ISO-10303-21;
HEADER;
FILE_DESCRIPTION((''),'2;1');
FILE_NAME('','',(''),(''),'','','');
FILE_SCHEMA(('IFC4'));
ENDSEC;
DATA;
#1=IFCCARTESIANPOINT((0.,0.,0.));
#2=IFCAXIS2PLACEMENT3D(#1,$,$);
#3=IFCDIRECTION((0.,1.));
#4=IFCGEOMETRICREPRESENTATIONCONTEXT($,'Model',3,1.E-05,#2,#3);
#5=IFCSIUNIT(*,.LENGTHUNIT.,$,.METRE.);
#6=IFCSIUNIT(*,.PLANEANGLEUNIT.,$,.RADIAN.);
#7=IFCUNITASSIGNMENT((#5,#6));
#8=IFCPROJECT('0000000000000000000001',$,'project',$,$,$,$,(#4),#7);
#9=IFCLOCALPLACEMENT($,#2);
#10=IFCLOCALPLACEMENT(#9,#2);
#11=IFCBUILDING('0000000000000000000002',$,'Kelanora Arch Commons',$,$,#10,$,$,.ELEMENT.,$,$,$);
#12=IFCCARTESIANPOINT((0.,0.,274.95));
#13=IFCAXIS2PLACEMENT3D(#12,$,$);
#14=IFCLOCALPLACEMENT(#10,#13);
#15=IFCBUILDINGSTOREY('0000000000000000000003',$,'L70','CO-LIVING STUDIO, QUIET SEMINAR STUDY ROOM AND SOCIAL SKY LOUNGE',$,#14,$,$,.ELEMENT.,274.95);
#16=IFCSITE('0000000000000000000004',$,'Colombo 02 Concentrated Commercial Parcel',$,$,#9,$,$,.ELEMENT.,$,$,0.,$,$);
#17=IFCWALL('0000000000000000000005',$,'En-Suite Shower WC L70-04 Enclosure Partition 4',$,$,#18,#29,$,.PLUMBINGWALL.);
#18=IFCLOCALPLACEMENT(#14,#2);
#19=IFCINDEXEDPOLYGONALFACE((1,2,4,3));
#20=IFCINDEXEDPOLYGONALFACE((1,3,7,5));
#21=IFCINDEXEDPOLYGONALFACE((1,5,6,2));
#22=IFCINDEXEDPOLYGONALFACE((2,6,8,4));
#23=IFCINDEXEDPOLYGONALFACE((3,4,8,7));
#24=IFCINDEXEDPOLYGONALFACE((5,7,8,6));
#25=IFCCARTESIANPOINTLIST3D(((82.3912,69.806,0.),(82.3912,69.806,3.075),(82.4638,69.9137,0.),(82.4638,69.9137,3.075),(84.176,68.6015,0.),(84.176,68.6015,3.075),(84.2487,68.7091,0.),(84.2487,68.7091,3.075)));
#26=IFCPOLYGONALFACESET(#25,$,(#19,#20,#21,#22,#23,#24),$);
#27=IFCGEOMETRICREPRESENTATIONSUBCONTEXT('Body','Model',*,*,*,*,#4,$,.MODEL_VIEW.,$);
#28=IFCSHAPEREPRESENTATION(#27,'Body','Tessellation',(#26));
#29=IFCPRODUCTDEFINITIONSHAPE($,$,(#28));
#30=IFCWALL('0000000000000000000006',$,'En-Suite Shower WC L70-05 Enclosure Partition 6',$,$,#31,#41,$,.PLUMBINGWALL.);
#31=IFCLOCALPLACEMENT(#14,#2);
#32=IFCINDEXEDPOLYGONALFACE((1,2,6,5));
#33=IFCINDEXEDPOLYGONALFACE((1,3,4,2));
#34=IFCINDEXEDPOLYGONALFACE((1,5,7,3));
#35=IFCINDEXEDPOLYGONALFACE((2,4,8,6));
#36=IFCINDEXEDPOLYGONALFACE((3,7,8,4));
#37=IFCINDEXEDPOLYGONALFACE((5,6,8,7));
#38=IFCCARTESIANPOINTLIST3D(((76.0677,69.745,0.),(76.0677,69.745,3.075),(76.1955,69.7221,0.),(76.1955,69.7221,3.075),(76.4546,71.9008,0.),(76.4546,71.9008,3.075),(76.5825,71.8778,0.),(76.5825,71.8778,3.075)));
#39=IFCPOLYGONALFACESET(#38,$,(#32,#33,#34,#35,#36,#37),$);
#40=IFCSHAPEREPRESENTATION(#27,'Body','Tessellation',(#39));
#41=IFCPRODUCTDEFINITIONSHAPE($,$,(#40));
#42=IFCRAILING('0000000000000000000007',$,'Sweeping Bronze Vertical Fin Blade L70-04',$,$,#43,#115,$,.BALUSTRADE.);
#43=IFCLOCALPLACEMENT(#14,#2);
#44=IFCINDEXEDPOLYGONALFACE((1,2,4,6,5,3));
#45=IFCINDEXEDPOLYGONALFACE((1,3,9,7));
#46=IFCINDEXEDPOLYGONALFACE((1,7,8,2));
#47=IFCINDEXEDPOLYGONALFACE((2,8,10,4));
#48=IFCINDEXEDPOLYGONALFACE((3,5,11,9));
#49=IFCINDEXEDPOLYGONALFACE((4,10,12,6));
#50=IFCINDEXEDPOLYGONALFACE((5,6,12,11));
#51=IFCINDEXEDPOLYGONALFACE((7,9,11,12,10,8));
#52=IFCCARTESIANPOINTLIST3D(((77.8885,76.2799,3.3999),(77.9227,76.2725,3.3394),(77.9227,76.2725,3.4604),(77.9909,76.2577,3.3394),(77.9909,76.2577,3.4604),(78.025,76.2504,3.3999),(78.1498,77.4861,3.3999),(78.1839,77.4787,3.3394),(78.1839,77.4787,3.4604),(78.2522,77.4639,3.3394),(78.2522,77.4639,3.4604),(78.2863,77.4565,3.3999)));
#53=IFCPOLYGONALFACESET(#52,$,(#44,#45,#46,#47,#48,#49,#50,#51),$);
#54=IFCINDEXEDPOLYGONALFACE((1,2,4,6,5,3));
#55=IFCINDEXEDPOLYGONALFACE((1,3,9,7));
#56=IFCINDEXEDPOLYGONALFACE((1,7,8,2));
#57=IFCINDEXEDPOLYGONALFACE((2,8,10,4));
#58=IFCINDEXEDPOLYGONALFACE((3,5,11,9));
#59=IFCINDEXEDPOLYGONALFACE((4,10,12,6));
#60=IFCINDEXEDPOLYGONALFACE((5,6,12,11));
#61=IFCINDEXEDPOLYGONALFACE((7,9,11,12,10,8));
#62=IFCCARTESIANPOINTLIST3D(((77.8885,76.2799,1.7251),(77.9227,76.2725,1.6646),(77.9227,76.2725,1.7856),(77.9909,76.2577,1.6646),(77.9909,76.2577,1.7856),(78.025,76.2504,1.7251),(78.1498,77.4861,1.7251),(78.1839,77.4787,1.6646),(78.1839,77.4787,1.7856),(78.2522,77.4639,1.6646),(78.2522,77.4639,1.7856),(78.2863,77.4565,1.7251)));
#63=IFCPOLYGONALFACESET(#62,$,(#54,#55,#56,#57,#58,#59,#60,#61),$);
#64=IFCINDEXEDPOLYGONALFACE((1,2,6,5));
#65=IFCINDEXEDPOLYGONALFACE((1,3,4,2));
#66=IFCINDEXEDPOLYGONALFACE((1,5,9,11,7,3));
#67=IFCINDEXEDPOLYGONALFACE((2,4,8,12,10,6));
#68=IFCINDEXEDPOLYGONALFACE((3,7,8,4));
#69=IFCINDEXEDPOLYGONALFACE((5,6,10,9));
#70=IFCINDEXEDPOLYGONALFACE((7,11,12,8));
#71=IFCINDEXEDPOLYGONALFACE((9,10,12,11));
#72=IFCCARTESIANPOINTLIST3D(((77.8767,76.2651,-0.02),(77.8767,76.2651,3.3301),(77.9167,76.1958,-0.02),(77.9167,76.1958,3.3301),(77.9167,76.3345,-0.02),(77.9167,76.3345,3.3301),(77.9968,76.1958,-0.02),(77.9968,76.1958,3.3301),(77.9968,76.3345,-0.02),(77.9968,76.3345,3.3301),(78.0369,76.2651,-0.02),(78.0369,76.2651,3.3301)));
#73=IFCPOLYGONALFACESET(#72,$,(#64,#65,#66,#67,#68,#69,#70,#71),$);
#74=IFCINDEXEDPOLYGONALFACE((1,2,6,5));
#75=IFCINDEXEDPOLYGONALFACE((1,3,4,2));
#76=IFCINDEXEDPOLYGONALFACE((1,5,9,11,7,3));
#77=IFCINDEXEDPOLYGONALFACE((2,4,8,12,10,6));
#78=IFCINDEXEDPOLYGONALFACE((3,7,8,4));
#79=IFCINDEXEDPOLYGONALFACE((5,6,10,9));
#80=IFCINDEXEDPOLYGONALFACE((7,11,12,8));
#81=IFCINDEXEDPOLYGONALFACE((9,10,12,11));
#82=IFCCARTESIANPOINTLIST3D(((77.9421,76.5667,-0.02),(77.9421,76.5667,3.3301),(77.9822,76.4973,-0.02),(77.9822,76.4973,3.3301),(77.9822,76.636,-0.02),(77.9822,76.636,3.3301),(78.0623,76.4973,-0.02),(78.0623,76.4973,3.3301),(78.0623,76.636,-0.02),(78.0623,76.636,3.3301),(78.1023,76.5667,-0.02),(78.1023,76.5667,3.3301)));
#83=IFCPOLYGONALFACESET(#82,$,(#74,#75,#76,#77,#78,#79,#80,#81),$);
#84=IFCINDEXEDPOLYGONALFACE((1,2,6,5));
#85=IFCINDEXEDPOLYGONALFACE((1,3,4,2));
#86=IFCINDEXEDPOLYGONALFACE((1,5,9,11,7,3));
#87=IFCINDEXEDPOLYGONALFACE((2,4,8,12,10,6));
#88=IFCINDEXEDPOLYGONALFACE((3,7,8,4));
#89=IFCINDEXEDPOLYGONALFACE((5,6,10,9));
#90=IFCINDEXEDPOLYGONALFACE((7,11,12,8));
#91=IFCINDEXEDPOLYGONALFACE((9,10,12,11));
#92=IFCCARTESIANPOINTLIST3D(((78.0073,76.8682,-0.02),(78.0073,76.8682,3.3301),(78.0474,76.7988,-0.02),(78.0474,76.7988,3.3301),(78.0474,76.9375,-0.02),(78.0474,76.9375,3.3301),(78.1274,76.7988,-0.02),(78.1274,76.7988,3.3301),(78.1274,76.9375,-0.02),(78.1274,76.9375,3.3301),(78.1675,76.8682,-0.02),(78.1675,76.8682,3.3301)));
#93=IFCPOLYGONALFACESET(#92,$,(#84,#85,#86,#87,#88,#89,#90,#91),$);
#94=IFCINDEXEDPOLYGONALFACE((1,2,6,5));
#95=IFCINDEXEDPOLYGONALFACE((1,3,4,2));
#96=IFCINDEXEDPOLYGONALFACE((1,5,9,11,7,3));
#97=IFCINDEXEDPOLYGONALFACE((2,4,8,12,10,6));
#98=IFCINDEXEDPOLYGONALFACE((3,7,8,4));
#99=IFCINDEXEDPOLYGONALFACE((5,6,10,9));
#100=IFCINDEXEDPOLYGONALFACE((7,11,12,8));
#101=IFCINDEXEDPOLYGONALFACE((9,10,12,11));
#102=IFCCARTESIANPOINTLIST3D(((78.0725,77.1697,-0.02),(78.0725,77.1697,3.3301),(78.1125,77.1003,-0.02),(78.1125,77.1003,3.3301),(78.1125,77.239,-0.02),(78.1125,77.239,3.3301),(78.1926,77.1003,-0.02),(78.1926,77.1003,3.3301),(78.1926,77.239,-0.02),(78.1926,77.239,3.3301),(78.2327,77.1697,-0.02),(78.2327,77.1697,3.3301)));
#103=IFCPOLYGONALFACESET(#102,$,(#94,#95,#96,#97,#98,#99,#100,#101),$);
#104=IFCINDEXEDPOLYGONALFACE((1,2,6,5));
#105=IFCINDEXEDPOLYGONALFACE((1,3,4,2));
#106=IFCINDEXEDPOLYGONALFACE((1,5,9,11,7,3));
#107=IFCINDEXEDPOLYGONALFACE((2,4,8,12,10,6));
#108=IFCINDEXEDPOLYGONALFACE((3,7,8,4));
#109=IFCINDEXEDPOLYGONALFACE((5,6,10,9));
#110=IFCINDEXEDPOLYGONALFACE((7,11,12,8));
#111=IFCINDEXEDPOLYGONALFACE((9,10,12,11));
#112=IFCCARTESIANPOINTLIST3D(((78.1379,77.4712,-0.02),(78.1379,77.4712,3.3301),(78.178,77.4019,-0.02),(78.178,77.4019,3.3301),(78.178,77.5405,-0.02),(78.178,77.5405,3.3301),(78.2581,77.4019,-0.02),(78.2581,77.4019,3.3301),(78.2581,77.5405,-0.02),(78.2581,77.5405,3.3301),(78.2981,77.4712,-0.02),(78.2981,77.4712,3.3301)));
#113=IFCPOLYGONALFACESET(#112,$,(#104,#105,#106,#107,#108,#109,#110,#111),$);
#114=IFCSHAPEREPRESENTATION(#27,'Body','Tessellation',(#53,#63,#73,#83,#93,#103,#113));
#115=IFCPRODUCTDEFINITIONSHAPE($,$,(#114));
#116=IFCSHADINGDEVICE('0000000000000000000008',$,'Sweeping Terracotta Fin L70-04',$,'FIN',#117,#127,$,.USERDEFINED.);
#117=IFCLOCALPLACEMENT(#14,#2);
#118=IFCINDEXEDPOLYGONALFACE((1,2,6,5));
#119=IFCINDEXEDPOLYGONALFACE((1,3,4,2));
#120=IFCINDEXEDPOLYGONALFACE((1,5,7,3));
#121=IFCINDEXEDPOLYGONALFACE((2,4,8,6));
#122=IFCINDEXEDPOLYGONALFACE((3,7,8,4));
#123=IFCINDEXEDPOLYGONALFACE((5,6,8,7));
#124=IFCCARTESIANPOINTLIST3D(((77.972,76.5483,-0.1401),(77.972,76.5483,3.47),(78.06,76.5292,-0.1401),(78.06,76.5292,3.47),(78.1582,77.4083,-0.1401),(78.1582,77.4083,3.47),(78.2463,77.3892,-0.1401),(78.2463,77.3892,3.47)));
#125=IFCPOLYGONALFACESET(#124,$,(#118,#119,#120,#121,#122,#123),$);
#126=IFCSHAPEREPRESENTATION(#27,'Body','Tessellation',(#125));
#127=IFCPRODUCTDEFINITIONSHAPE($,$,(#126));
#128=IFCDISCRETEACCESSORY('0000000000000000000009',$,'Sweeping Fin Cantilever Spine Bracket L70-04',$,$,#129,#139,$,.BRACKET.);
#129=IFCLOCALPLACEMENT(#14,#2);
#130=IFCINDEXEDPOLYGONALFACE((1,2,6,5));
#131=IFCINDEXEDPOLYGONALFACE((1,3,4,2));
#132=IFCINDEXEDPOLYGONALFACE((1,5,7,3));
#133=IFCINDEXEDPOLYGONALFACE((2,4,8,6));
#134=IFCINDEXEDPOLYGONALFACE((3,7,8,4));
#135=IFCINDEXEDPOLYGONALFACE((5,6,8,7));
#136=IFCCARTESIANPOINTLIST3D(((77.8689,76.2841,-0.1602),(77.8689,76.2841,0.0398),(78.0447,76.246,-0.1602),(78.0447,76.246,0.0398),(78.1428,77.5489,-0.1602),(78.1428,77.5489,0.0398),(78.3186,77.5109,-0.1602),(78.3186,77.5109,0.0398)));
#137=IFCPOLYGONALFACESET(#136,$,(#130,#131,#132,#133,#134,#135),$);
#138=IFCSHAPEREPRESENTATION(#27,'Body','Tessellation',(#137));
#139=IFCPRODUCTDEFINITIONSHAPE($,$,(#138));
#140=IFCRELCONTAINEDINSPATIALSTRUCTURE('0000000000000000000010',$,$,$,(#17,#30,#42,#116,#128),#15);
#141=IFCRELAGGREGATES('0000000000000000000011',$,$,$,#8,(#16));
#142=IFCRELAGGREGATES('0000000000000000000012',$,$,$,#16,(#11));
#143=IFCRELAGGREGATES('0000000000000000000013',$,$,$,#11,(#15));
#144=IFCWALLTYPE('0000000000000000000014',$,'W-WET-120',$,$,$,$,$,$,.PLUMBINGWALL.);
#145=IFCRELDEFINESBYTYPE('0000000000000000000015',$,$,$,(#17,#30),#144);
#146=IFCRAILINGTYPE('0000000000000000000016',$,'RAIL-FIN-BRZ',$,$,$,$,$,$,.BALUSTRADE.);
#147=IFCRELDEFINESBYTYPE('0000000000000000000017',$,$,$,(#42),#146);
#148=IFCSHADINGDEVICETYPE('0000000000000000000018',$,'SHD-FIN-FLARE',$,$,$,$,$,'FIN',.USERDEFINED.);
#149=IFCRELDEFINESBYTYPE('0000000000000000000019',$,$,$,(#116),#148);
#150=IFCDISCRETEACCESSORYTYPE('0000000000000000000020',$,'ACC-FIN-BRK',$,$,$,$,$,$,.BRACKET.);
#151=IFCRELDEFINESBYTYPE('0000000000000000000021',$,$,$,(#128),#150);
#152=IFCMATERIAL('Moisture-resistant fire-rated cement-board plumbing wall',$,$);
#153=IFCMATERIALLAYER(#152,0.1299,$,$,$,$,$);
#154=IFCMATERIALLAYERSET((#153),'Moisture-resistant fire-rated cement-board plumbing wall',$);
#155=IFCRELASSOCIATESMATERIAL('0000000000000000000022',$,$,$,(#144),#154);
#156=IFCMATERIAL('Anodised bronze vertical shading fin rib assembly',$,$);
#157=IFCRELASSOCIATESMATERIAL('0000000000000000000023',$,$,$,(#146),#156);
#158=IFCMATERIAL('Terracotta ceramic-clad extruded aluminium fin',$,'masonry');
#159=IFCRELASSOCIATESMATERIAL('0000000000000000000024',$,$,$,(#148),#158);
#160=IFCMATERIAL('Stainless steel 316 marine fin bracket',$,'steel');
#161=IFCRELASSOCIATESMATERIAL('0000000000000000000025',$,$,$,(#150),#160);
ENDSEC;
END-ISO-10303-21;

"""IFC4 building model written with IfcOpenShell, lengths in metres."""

from ifc_helpers import new_model, si_unit, direction, frame, frame_2d, origin, origin_2d, place, context, subcontext, project, spatial, polyline, rectangle, outline, extrude, source, transform, mapped, material, layer, layer_set, type_object, element, save


model = new_model("IFC4")

# Units and contexts
model_context = context("Model", 3, precision=1e-05, world=origin(), true_north=direction((0.0, 1.0)))
body_context = subcontext(model_context, "Body", "Model", "MODEL_VIEW")
ifc_project = project(units=[si_unit("LENGTHUNIT", "METRE"), si_unit("PLANEANGLEUNIT", "RADIAN")], contexts=[model_context])

# Site, building, storey
site_placement = place(None, origin())
site = spatial("IfcSite", under=ifc_project, at=site_placement, Name="Colombo 02 Concentrated Commercial Parcel", CompositionType="ELEMENT", RefElevation=0.0)
building_placement = place(site_placement, origin())
building = spatial("IfcBuilding", under=site, at=building_placement, Name="Kelanora Arch Commons", CompositionType="ELEMENT")
storey_placement = place(building_placement, frame((0.0, 0.0, 274.95)))
storey = spatial("IfcBuildingStorey", under=building, at=storey_placement, Name="L70", Description="CO-LIVING STUDIO, QUIET SEMINAR STUDY ROOM AND SOCIAL SKY LOUNGE", CompositionType="ELEMENT", Elevation=274.95)

# Walls
ifc_material_1 = material(Name="Moisture-resistant fire-rated cement-board plumbing wall")
ifc_layer_1 = layer(ifc_material_1, 0.1299)
ifc_layer_set_1 = layer_set([ifc_layer_1], Name="Moisture-resistant fire-rated cement-board plumbing wall")
wall_type_1 = type_object("IfcWallType", Name="W-WET-120", PredefinedType="PLUMBINGWALL", material=ifc_layer_set_1)
wall_1_placement = place(storey_placement, frame((82.4275, 69.8599, 0.0), z_axis=(0.0, 0.0, 1.0), x_axis=(0.828897, -0.559401, 0.0)))
element("IfcWall", 1, at=wall_1_placement, inside=storey, type_object=wall_type_1, Name="En-Suite Shower WC L70-04 Enclosure Partition 4", PredefinedType="PLUMBINGWALL", context=body_context, shape_type="SweptSolid", body=[
    extrude(rectangle(XDim=2.1533, YDim=0.1299, at=frame_2d((1.0767, 0.0))), origin(), (0.0, 0.0, 1.0), 3.075),
])
wall_2_placement = place(storey_placement, frame((76.5186, 71.8894, 0.0), z_axis=(0.0, 0.0, 1.0), x_axis=(-0.176678, -0.984269, 0.0)))
element("IfcWall", 2, at=wall_2_placement, inside=storey, type_object=wall_type_1, Name="En-Suite Shower WC L70-05 Enclosure Partition 6", PredefinedType="PLUMBINGWALL", context=body_context, shape_type="SweptSolid", body=[
    extrude(rectangle(XDim=2.1902, YDim=0.1299, at=frame_2d((1.0952, 0.0))), origin(), (0.0, 0.0, 1.0), 3.075),
])

# Railing
ifc_material_2 = material(Name="Anodised bronze vertical shading fin rib assembly")
railing_type = type_object("IfcRailingType", Name="RAIL-FIN-BRZ", PredefinedType="BALUSTRADE", material=ifc_material_2)
railing_placement = place(storey_placement, frame((77.9568, 76.2651, -0.02)))
element("IfcRailing", 3, at=railing_placement, inside=storey, type_object=railing_type, Name="Sweeping Bronze Vertical Fin Blade L70-04", PredefinedType="BALUSTRADE", context=body_context, shape_type="SweptSolid", body=[
    extrude(outline(polyline([(0.0698, 0.0), (0.0349, 0.0605), (-0.0349, 0.0605), (-0.0698, 0.0), (-0.0349, -0.0605), (0.0349, -0.0605), (0.0698, 0.0)])), frame((0.0, 0.0, 3.4199), z_axis=(0.21169, 0.977337, 0.0), x_axis=(-0.977337, 0.21169, 0.0)), (0.0, 0.0, 1.0), 1.2341),
    extrude(outline(polyline([(0.0698, 0.0), (0.0349, 0.0605), (-0.0349, 0.0605), (-0.0698, 0.0), (-0.0349, -0.0605), (0.0349, -0.0605), (0.0698, 0.0)])), frame((0.0, 0.0, 1.7451), z_axis=(0.21169, 0.977337, 0.0), x_axis=(-0.977337, 0.21169, 0.0)), (0.0, 0.0, 1.0), 1.2341),
    extrude(outline(polyline([(0.0801, 0.0), (0.04, 0.0693), (-0.04, 0.0693), (-0.0801, 0.0), (-0.04, -0.0693), (0.04, -0.0693), (0.0801, 0.0)])), origin(), (0.0, 0.0, 1.0), 3.3501),
    extrude(outline(polyline([(0.0801, 0.0), (0.04, 0.0693), (-0.04, 0.0693), (-0.0801, 0.0), (-0.04, -0.0693), (0.04, -0.0693), (0.0801, 0.0)])), frame((0.0654, 0.3015, 0.0)), (0.0, 0.0, 1.0), 3.3501),
    extrude(outline(polyline([(0.0801, 0.0), (0.04, 0.0693), (-0.04, 0.0693), (-0.0801, 0.0), (-0.04, -0.0693), (0.04, -0.0693), (0.0801, 0.0)])), frame((0.1306, 0.603, 0.0)), (0.0, 0.0, 1.0), 3.3501),
    extrude(outline(polyline([(0.0801, 0.0), (0.04, 0.0693), (-0.04, 0.0693), (-0.0801, 0.0), (-0.04, -0.0693), (0.04, -0.0693), (0.0801, 0.0)])), frame((0.1958, 0.9045, 0.0)), (0.0, 0.0, 1.0), 3.3501),
    extrude(outline(polyline([(0.0801, 0.0), (0.04, 0.0693), (-0.04, 0.0693), (-0.0801, 0.0), (-0.04, -0.0693), (0.04, -0.0693), (0.0801, 0.0)])), frame((0.2612, 1.2061, 0.0)), (0.0, 0.0, 1.0), 3.3501),
])

# Shading device
ifc_material_3 = material(Name="Terracotta ceramic-clad extruded aluminium fin", Category="masonry")
shading_device_type = type_object("IfcShadingDeviceType", Name="SHD-FIN-FLARE", ElementType="FIN", PredefinedType="USERDEFINED", material=ifc_material_3)
shared_shape_1 = source(origin(), body_context, "Body", "SweptSolid", [
    extrude(rectangle(XDim=0.8799, YDim=0.0901, at=origin_2d()), origin(), (0.0, 0.0, 1.0), 3.6101),
])
shading_device_placement = place(storey_placement, frame((78.1091, 76.9688, -0.1401), z_axis=(0.0, 0.0, 1.0), x_axis=(0.211666, 0.977342, 0.0)))
element("IfcShadingDevice", 4, at=shading_device_placement, inside=storey, type_object=shading_device_type, Name="Sweeping Terracotta Fin L70-04", ObjectType="FIN", PredefinedType="USERDEFINED", context=body_context, shape_type="MappedRepresentation", body=[
    mapped(shared_shape_1, transform((0.0, 0.0, 0.0), scale=1.0)),
])

# Discrete accessory
ifc_material_4 = material(Name="Stainless steel 316 marine fin bracket", Category="steel")
discrete_accessory_type = type_object("IfcDiscreteAccessoryType", Name="ACC-FIN-BRK", PredefinedType="BRACKET", material=ifc_material_4)
shared_shape_2 = source(origin(), body_context, "Body", "SweptSolid", [
    extrude(rectangle(XDim=1.2942, YDim=0.1799, at=origin_2d()), origin(), (0.0, 0.0, 1.0), 0.2),
])
discrete_accessory_placement = place(storey_placement, frame((78.0938, 76.8975, -0.1602), z_axis=(0.0, 0.0, 1.0), x_axis=(0.211666, 0.977342, 0.0)))
element("IfcDiscreteAccessory", 5, at=discrete_accessory_placement, inside=storey, type_object=discrete_accessory_type, Name="Sweeping Fin Cantilever Spine Bracket L70-04", PredefinedType="BRACKET", context=body_context, shape_type="MappedRepresentation", body=[
    mapped(shared_shape_2, transform((0.0, 0.0, 0.0), scale=1.0)),
])

save(model, "model.ifc")
